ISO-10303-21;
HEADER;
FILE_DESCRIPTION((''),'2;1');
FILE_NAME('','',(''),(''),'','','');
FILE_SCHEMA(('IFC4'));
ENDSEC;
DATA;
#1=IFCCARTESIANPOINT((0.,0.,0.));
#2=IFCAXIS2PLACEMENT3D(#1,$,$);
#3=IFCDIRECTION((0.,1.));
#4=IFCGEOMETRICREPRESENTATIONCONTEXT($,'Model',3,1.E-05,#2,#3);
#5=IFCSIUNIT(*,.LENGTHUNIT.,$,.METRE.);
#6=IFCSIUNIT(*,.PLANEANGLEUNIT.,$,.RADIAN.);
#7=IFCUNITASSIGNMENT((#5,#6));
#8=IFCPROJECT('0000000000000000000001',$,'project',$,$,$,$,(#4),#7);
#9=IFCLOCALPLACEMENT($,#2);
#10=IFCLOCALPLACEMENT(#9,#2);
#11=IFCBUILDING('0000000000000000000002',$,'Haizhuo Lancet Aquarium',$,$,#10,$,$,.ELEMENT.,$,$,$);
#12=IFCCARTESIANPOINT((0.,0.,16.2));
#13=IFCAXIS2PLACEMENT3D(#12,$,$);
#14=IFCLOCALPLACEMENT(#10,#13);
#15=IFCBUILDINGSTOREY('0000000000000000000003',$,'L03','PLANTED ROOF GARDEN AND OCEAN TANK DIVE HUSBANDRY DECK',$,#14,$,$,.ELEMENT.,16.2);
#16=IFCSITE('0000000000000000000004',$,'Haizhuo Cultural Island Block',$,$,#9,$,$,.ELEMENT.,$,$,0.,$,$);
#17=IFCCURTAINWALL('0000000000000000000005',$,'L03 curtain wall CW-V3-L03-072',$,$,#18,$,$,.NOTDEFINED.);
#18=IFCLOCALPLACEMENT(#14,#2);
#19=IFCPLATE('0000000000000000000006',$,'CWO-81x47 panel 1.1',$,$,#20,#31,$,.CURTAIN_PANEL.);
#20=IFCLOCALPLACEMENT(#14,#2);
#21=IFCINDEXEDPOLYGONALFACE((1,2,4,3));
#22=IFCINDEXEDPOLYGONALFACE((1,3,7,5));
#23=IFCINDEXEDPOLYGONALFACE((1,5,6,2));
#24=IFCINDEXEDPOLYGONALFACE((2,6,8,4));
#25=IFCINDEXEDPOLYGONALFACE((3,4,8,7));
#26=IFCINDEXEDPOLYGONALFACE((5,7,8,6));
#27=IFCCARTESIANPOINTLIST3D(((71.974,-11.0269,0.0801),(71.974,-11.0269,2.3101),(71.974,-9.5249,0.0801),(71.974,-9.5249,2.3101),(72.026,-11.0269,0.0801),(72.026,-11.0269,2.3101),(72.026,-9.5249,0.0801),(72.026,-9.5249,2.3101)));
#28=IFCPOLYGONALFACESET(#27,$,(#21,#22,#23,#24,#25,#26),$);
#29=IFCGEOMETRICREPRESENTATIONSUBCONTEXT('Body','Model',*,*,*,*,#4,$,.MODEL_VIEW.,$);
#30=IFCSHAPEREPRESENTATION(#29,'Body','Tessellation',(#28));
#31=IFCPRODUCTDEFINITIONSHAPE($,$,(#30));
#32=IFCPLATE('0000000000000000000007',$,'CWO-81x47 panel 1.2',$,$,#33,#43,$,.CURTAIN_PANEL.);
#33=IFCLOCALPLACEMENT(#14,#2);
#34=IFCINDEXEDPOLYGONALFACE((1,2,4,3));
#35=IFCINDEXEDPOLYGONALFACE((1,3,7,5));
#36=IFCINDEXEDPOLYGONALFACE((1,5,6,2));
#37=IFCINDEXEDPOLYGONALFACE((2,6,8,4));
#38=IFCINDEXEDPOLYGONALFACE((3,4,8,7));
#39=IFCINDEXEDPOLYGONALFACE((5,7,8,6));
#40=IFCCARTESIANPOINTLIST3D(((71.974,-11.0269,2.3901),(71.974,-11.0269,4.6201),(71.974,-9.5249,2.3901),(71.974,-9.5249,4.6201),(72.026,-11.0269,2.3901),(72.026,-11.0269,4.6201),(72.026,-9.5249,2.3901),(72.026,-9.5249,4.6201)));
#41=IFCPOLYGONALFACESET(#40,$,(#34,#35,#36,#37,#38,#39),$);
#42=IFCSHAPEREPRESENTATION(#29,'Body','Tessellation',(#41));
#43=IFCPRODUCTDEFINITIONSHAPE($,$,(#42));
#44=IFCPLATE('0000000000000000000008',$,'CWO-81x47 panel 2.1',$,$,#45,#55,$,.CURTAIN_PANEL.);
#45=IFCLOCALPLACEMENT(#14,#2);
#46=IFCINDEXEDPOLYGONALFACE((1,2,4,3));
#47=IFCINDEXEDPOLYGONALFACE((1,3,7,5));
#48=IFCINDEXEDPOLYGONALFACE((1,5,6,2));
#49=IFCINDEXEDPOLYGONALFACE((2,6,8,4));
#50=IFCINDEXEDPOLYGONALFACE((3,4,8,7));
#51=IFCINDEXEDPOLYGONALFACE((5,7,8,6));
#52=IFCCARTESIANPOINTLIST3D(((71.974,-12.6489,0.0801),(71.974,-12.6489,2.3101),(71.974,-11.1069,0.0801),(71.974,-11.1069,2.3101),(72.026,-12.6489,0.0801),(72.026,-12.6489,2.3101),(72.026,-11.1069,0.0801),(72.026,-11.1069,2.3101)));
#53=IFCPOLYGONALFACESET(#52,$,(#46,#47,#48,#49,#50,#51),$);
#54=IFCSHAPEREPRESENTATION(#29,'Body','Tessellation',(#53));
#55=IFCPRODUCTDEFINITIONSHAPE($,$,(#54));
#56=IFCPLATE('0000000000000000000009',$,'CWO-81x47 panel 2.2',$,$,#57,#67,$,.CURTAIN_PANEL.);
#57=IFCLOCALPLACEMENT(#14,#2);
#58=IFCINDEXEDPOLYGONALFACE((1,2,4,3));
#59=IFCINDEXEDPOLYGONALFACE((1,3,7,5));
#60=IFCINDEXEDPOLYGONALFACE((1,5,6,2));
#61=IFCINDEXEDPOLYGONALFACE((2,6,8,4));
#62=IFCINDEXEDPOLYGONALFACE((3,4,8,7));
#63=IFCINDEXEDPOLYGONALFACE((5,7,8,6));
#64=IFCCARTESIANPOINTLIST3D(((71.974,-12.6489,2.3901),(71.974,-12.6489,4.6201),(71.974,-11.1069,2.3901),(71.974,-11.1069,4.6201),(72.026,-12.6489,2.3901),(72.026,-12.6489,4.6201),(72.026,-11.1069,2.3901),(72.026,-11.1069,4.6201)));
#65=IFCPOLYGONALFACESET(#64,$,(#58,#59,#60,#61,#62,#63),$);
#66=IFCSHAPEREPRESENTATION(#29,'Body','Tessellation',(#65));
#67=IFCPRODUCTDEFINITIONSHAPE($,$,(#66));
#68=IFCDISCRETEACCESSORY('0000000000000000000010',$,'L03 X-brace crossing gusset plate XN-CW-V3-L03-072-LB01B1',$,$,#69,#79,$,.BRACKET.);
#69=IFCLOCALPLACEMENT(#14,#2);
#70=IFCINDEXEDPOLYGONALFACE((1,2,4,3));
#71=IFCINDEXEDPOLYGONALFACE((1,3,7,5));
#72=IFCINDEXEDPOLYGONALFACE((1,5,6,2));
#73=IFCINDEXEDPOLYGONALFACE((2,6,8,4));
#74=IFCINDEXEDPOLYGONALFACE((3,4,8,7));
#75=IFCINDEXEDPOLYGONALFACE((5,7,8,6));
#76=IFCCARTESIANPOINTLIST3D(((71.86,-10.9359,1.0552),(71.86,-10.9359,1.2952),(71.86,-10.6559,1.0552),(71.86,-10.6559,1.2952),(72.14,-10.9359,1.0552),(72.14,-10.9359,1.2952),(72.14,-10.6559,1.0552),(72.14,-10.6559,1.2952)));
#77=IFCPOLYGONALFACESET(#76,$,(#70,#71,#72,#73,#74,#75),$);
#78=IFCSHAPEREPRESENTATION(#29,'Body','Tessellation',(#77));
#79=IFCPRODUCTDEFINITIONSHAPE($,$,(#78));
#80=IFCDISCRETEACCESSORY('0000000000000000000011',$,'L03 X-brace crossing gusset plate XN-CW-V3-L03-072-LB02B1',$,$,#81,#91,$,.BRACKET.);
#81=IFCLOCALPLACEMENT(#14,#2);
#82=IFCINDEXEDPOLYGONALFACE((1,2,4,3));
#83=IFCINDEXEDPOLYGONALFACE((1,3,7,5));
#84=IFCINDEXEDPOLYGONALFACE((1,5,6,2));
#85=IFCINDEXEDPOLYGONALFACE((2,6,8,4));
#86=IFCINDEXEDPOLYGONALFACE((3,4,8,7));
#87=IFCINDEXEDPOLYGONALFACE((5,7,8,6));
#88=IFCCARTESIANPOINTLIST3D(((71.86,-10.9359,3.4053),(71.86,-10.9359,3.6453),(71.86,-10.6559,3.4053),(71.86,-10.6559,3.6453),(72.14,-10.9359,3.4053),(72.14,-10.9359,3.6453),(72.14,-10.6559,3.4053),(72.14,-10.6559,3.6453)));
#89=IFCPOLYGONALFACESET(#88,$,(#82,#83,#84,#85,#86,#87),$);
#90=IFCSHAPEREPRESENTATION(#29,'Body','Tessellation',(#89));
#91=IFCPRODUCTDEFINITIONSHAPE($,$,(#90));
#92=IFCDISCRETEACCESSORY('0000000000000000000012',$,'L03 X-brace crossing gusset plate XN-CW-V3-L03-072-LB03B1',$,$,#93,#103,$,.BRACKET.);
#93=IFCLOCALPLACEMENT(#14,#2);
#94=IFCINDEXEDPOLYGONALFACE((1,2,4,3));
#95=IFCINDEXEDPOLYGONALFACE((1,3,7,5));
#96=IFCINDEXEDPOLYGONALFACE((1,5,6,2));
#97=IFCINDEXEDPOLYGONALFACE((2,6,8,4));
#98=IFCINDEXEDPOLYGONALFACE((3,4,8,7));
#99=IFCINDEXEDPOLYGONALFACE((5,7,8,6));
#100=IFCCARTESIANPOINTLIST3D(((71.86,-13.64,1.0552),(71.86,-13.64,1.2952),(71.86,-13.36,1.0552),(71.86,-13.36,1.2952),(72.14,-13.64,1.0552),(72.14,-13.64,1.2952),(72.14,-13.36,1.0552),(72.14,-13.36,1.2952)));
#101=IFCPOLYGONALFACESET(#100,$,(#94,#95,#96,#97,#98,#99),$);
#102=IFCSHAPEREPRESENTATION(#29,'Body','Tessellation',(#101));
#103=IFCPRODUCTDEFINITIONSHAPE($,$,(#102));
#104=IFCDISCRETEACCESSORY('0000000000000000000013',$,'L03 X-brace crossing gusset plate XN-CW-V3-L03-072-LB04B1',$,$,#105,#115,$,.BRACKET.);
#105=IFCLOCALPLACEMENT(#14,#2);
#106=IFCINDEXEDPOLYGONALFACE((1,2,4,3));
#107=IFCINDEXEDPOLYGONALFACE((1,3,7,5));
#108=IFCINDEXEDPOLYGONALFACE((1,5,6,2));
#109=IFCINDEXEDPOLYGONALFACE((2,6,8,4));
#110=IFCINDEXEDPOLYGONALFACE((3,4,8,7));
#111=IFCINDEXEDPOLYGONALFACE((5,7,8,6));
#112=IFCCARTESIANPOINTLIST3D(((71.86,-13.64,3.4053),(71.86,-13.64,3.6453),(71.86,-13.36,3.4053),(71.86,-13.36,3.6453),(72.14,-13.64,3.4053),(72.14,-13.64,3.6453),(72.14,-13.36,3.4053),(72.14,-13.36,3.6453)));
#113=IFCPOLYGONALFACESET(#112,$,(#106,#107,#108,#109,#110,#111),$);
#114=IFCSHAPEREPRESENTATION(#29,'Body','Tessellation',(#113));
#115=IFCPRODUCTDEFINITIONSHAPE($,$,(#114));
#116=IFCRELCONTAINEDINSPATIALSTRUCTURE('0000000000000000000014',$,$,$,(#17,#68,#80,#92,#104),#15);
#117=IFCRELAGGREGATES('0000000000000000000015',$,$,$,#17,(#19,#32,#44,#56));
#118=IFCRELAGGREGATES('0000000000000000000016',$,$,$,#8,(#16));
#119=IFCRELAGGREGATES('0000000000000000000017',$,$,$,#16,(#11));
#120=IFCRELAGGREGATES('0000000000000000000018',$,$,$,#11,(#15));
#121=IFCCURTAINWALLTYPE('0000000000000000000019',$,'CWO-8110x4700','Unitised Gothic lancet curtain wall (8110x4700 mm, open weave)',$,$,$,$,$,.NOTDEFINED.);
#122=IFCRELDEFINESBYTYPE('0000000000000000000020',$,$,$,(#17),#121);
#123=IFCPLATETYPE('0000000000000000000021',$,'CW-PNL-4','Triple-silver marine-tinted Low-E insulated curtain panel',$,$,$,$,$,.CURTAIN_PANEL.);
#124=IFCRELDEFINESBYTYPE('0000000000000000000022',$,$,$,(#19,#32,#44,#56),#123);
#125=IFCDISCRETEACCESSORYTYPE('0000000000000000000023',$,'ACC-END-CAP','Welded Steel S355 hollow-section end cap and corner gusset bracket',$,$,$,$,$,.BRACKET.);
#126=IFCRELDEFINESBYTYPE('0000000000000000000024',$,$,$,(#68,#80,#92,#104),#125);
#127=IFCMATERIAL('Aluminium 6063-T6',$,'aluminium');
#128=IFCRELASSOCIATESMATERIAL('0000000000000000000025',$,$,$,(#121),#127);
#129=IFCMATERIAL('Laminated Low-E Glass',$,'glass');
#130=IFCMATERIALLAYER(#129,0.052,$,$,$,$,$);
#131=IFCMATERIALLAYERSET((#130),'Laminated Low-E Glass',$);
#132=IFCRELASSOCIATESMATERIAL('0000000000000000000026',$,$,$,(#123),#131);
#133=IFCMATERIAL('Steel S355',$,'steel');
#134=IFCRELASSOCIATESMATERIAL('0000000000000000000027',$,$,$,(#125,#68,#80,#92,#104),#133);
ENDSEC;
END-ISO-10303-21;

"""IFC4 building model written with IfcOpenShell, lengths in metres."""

from ifc_helpers import new_model, si_unit, direction, frame, origin, origin_2d, place, context, subcontext, project, spatial, rectangle, extrude, material, layer, layer_set, type_object, element, aggregate, save


model = new_model("IFC4")

# Units and contexts
model_context = context("Model", 3, precision=1e-05, world=origin(), true_north=direction((0.0, 1.0)))
body_context = subcontext(model_context, "Body", "Model", "MODEL_VIEW")
ifc_project = project(units=[si_unit("LENGTHUNIT", "METRE"), si_unit("PLANEANGLEUNIT", "RADIAN")], contexts=[model_context])

# Site, building, storey
site_placement = place(None, origin())
site = spatial("IfcSite", under=ifc_project, at=site_placement, Name="Haizhuo Cultural Island Block", CompositionType="ELEMENT", RefElevation=0.0)
building_placement = place(site_placement, origin())
building = spatial("IfcBuilding", under=site, at=building_placement, Name="Haizhuo Lancet Aquarium", CompositionType="ELEMENT")
storey_placement = place(building_placement, frame((0.0, 0.0, 16.2)))
storey = spatial("IfcBuildingStorey", under=building, at=storey_placement, Name="L03", Description="PLANTED ROOF GARDEN AND OCEAN TANK DIVE HUSBANDRY DECK", CompositionType="ELEMENT", Elevation=16.2)

# Curtain wall
ifc_material_1 = material(Name="Aluminium 6063-T6", Category="aluminium")
curtain_wall_type = type_object("IfcCurtainWallType", Name="CWO-8110x4700", Description="Unitised Gothic lancet curtain wall (8110x4700 mm, open weave)", PredefinedType="NOTDEFINED", material=ifc_material_1)
curtain_wall_placement = place(storey_placement, origin())
curtain_wall = element("IfcCurtainWall", 1, at=curtain_wall_placement, inside=storey, type_object=curtain_wall_type, Name="L03 curtain wall CW-V3-L03-072", PredefinedType="NOTDEFINED")

# Shared definitions
ifc_material_2 = material(Name="Steel S355", Category="steel")

# Plates
ifc_material_3 = material(Name="Laminated Low-E Glass", Category="glass")
ifc_layer = layer(ifc_material_3, 0.052)
ifc_layer_set = layer_set([ifc_layer], Name="Laminated Low-E Glass")
plate_type = type_object("IfcPlateType", Name="CW-PNL-4", Description="Triple-silver marine-tinted Low-E insulated curtain panel", PredefinedType="CURTAIN_PANEL", material=ifc_layer_set)
plate_1_placement = place(storey_placement, frame((72.0, -10.2759, 0.0801), z_axis=(0.0, 0.0, 1.0), x_axis=(0.0, -1.0, 0.0)))
plate_1 = element("IfcPlate", 2, at=plate_1_placement, type_object=plate_type, Name="CWO-81x47 panel 1.1", PredefinedType="CURTAIN_PANEL", context=body_context, shape_type="SweptSolid", body=[
    extrude(rectangle(XDim=1.502, YDim=0.052, at=origin_2d()), origin(), (0.0, 0.0, 1.0), 2.23),
])
plate_2_placement = place(storey_placement, frame((72.0, -10.2759, 2.3901), z_axis=(0.0, 0.0, 1.0), x_axis=(0.0, -1.0, 0.0)))
plate_2 = element("IfcPlate", 3, at=plate_2_placement, type_object=plate_type, Name="CWO-81x47 panel 1.2", PredefinedType="CURTAIN_PANEL", context=body_context, shape_type="SweptSolid", body=[
    extrude(rectangle(XDim=1.502, YDim=0.052, at=origin_2d()), origin(), (0.0, 0.0, 1.0), 2.23),
])
plate_3_placement = place(storey_placement, frame((72.0, -11.8779, 0.0801), z_axis=(0.0, 0.0, 1.0), x_axis=(0.0, -1.0, 0.0)))
plate_3 = element("IfcPlate", 4, at=plate_3_placement, type_object=plate_type, Name="CWO-81x47 panel 2.1", PredefinedType="CURTAIN_PANEL", context=body_context, shape_type="SweptSolid", body=[
    extrude(rectangle(XDim=1.542, YDim=0.052, at=origin_2d()), origin(), (0.0, 0.0, 1.0), 2.23),
])
plate_4_placement = place(storey_placement, frame((72.0, -11.8779, 2.3901), z_axis=(0.0, 0.0, 1.0), x_axis=(0.0, -1.0, 0.0)))
plate_4 = element("IfcPlate", 5, at=plate_4_placement, type_object=plate_type, Name="CWO-81x47 panel 2.2", PredefinedType="CURTAIN_PANEL", context=body_context, shape_type="SweptSolid", body=[
    extrude(rectangle(XDim=1.542, YDim=0.052, at=origin_2d()), origin(), (0.0, 0.0, 1.0), 2.23),
])
aggregate(curtain_wall, [plate_1, plate_2, plate_3, plate_4])

# Discrete accessories
discrete_accessory_type = type_object("IfcDiscreteAccessoryType", Name="ACC-END-CAP", Description="Welded Steel S355 hollow-section end cap and corner gusset bracket", PredefinedType="BRACKET", material=ifc_material_2)
for number, where, z_axis, x_axis, name in (
    (6, (72.0, -10.7959, 1.0552), (0.0, 0.0, 1.0), (1.0, 0.0, 0.0), "L03 X-brace crossing gusset plate XN-CW-V3-L03-072-LB01B1"),
    (7, (72.0, -10.7959, 3.4053), (0.0, 0.0, 1.0), (1.0, 0.0, 0.0), "L03 X-brace crossing gusset plate XN-CW-V3-L03-072-LB02B1"),
    (8, (72.0, -13.5, 1.0552), (0.0, 0.0, 1.0), (1.0, 0.0, 0.0), "L03 X-brace crossing gusset plate XN-CW-V3-L03-072-LB03B1"),
    (9, (72.0, -13.5, 3.4053), (0.0, 0.0, 1.0), (1.0, 0.0, 0.0), "L03 X-brace crossing gusset plate XN-CW-V3-L03-072-LB04B1"),
):
    element("IfcDiscreteAccessory", number, at=place(storey_placement, frame(where, z_axis=z_axis, x_axis=x_axis)), inside=storey, type_object=discrete_accessory_type, material=ifc_material_2, Name=name, PredefinedType="BRACKET", context=body_context, shape_type="SweptSolid", body=[
        extrude(rectangle(XDim=0.28, YDim=0.28, at=origin_2d()), origin(), (0.0, 0.0, 1.0), 0.24),
    ])

save(model, "model.ifc")
